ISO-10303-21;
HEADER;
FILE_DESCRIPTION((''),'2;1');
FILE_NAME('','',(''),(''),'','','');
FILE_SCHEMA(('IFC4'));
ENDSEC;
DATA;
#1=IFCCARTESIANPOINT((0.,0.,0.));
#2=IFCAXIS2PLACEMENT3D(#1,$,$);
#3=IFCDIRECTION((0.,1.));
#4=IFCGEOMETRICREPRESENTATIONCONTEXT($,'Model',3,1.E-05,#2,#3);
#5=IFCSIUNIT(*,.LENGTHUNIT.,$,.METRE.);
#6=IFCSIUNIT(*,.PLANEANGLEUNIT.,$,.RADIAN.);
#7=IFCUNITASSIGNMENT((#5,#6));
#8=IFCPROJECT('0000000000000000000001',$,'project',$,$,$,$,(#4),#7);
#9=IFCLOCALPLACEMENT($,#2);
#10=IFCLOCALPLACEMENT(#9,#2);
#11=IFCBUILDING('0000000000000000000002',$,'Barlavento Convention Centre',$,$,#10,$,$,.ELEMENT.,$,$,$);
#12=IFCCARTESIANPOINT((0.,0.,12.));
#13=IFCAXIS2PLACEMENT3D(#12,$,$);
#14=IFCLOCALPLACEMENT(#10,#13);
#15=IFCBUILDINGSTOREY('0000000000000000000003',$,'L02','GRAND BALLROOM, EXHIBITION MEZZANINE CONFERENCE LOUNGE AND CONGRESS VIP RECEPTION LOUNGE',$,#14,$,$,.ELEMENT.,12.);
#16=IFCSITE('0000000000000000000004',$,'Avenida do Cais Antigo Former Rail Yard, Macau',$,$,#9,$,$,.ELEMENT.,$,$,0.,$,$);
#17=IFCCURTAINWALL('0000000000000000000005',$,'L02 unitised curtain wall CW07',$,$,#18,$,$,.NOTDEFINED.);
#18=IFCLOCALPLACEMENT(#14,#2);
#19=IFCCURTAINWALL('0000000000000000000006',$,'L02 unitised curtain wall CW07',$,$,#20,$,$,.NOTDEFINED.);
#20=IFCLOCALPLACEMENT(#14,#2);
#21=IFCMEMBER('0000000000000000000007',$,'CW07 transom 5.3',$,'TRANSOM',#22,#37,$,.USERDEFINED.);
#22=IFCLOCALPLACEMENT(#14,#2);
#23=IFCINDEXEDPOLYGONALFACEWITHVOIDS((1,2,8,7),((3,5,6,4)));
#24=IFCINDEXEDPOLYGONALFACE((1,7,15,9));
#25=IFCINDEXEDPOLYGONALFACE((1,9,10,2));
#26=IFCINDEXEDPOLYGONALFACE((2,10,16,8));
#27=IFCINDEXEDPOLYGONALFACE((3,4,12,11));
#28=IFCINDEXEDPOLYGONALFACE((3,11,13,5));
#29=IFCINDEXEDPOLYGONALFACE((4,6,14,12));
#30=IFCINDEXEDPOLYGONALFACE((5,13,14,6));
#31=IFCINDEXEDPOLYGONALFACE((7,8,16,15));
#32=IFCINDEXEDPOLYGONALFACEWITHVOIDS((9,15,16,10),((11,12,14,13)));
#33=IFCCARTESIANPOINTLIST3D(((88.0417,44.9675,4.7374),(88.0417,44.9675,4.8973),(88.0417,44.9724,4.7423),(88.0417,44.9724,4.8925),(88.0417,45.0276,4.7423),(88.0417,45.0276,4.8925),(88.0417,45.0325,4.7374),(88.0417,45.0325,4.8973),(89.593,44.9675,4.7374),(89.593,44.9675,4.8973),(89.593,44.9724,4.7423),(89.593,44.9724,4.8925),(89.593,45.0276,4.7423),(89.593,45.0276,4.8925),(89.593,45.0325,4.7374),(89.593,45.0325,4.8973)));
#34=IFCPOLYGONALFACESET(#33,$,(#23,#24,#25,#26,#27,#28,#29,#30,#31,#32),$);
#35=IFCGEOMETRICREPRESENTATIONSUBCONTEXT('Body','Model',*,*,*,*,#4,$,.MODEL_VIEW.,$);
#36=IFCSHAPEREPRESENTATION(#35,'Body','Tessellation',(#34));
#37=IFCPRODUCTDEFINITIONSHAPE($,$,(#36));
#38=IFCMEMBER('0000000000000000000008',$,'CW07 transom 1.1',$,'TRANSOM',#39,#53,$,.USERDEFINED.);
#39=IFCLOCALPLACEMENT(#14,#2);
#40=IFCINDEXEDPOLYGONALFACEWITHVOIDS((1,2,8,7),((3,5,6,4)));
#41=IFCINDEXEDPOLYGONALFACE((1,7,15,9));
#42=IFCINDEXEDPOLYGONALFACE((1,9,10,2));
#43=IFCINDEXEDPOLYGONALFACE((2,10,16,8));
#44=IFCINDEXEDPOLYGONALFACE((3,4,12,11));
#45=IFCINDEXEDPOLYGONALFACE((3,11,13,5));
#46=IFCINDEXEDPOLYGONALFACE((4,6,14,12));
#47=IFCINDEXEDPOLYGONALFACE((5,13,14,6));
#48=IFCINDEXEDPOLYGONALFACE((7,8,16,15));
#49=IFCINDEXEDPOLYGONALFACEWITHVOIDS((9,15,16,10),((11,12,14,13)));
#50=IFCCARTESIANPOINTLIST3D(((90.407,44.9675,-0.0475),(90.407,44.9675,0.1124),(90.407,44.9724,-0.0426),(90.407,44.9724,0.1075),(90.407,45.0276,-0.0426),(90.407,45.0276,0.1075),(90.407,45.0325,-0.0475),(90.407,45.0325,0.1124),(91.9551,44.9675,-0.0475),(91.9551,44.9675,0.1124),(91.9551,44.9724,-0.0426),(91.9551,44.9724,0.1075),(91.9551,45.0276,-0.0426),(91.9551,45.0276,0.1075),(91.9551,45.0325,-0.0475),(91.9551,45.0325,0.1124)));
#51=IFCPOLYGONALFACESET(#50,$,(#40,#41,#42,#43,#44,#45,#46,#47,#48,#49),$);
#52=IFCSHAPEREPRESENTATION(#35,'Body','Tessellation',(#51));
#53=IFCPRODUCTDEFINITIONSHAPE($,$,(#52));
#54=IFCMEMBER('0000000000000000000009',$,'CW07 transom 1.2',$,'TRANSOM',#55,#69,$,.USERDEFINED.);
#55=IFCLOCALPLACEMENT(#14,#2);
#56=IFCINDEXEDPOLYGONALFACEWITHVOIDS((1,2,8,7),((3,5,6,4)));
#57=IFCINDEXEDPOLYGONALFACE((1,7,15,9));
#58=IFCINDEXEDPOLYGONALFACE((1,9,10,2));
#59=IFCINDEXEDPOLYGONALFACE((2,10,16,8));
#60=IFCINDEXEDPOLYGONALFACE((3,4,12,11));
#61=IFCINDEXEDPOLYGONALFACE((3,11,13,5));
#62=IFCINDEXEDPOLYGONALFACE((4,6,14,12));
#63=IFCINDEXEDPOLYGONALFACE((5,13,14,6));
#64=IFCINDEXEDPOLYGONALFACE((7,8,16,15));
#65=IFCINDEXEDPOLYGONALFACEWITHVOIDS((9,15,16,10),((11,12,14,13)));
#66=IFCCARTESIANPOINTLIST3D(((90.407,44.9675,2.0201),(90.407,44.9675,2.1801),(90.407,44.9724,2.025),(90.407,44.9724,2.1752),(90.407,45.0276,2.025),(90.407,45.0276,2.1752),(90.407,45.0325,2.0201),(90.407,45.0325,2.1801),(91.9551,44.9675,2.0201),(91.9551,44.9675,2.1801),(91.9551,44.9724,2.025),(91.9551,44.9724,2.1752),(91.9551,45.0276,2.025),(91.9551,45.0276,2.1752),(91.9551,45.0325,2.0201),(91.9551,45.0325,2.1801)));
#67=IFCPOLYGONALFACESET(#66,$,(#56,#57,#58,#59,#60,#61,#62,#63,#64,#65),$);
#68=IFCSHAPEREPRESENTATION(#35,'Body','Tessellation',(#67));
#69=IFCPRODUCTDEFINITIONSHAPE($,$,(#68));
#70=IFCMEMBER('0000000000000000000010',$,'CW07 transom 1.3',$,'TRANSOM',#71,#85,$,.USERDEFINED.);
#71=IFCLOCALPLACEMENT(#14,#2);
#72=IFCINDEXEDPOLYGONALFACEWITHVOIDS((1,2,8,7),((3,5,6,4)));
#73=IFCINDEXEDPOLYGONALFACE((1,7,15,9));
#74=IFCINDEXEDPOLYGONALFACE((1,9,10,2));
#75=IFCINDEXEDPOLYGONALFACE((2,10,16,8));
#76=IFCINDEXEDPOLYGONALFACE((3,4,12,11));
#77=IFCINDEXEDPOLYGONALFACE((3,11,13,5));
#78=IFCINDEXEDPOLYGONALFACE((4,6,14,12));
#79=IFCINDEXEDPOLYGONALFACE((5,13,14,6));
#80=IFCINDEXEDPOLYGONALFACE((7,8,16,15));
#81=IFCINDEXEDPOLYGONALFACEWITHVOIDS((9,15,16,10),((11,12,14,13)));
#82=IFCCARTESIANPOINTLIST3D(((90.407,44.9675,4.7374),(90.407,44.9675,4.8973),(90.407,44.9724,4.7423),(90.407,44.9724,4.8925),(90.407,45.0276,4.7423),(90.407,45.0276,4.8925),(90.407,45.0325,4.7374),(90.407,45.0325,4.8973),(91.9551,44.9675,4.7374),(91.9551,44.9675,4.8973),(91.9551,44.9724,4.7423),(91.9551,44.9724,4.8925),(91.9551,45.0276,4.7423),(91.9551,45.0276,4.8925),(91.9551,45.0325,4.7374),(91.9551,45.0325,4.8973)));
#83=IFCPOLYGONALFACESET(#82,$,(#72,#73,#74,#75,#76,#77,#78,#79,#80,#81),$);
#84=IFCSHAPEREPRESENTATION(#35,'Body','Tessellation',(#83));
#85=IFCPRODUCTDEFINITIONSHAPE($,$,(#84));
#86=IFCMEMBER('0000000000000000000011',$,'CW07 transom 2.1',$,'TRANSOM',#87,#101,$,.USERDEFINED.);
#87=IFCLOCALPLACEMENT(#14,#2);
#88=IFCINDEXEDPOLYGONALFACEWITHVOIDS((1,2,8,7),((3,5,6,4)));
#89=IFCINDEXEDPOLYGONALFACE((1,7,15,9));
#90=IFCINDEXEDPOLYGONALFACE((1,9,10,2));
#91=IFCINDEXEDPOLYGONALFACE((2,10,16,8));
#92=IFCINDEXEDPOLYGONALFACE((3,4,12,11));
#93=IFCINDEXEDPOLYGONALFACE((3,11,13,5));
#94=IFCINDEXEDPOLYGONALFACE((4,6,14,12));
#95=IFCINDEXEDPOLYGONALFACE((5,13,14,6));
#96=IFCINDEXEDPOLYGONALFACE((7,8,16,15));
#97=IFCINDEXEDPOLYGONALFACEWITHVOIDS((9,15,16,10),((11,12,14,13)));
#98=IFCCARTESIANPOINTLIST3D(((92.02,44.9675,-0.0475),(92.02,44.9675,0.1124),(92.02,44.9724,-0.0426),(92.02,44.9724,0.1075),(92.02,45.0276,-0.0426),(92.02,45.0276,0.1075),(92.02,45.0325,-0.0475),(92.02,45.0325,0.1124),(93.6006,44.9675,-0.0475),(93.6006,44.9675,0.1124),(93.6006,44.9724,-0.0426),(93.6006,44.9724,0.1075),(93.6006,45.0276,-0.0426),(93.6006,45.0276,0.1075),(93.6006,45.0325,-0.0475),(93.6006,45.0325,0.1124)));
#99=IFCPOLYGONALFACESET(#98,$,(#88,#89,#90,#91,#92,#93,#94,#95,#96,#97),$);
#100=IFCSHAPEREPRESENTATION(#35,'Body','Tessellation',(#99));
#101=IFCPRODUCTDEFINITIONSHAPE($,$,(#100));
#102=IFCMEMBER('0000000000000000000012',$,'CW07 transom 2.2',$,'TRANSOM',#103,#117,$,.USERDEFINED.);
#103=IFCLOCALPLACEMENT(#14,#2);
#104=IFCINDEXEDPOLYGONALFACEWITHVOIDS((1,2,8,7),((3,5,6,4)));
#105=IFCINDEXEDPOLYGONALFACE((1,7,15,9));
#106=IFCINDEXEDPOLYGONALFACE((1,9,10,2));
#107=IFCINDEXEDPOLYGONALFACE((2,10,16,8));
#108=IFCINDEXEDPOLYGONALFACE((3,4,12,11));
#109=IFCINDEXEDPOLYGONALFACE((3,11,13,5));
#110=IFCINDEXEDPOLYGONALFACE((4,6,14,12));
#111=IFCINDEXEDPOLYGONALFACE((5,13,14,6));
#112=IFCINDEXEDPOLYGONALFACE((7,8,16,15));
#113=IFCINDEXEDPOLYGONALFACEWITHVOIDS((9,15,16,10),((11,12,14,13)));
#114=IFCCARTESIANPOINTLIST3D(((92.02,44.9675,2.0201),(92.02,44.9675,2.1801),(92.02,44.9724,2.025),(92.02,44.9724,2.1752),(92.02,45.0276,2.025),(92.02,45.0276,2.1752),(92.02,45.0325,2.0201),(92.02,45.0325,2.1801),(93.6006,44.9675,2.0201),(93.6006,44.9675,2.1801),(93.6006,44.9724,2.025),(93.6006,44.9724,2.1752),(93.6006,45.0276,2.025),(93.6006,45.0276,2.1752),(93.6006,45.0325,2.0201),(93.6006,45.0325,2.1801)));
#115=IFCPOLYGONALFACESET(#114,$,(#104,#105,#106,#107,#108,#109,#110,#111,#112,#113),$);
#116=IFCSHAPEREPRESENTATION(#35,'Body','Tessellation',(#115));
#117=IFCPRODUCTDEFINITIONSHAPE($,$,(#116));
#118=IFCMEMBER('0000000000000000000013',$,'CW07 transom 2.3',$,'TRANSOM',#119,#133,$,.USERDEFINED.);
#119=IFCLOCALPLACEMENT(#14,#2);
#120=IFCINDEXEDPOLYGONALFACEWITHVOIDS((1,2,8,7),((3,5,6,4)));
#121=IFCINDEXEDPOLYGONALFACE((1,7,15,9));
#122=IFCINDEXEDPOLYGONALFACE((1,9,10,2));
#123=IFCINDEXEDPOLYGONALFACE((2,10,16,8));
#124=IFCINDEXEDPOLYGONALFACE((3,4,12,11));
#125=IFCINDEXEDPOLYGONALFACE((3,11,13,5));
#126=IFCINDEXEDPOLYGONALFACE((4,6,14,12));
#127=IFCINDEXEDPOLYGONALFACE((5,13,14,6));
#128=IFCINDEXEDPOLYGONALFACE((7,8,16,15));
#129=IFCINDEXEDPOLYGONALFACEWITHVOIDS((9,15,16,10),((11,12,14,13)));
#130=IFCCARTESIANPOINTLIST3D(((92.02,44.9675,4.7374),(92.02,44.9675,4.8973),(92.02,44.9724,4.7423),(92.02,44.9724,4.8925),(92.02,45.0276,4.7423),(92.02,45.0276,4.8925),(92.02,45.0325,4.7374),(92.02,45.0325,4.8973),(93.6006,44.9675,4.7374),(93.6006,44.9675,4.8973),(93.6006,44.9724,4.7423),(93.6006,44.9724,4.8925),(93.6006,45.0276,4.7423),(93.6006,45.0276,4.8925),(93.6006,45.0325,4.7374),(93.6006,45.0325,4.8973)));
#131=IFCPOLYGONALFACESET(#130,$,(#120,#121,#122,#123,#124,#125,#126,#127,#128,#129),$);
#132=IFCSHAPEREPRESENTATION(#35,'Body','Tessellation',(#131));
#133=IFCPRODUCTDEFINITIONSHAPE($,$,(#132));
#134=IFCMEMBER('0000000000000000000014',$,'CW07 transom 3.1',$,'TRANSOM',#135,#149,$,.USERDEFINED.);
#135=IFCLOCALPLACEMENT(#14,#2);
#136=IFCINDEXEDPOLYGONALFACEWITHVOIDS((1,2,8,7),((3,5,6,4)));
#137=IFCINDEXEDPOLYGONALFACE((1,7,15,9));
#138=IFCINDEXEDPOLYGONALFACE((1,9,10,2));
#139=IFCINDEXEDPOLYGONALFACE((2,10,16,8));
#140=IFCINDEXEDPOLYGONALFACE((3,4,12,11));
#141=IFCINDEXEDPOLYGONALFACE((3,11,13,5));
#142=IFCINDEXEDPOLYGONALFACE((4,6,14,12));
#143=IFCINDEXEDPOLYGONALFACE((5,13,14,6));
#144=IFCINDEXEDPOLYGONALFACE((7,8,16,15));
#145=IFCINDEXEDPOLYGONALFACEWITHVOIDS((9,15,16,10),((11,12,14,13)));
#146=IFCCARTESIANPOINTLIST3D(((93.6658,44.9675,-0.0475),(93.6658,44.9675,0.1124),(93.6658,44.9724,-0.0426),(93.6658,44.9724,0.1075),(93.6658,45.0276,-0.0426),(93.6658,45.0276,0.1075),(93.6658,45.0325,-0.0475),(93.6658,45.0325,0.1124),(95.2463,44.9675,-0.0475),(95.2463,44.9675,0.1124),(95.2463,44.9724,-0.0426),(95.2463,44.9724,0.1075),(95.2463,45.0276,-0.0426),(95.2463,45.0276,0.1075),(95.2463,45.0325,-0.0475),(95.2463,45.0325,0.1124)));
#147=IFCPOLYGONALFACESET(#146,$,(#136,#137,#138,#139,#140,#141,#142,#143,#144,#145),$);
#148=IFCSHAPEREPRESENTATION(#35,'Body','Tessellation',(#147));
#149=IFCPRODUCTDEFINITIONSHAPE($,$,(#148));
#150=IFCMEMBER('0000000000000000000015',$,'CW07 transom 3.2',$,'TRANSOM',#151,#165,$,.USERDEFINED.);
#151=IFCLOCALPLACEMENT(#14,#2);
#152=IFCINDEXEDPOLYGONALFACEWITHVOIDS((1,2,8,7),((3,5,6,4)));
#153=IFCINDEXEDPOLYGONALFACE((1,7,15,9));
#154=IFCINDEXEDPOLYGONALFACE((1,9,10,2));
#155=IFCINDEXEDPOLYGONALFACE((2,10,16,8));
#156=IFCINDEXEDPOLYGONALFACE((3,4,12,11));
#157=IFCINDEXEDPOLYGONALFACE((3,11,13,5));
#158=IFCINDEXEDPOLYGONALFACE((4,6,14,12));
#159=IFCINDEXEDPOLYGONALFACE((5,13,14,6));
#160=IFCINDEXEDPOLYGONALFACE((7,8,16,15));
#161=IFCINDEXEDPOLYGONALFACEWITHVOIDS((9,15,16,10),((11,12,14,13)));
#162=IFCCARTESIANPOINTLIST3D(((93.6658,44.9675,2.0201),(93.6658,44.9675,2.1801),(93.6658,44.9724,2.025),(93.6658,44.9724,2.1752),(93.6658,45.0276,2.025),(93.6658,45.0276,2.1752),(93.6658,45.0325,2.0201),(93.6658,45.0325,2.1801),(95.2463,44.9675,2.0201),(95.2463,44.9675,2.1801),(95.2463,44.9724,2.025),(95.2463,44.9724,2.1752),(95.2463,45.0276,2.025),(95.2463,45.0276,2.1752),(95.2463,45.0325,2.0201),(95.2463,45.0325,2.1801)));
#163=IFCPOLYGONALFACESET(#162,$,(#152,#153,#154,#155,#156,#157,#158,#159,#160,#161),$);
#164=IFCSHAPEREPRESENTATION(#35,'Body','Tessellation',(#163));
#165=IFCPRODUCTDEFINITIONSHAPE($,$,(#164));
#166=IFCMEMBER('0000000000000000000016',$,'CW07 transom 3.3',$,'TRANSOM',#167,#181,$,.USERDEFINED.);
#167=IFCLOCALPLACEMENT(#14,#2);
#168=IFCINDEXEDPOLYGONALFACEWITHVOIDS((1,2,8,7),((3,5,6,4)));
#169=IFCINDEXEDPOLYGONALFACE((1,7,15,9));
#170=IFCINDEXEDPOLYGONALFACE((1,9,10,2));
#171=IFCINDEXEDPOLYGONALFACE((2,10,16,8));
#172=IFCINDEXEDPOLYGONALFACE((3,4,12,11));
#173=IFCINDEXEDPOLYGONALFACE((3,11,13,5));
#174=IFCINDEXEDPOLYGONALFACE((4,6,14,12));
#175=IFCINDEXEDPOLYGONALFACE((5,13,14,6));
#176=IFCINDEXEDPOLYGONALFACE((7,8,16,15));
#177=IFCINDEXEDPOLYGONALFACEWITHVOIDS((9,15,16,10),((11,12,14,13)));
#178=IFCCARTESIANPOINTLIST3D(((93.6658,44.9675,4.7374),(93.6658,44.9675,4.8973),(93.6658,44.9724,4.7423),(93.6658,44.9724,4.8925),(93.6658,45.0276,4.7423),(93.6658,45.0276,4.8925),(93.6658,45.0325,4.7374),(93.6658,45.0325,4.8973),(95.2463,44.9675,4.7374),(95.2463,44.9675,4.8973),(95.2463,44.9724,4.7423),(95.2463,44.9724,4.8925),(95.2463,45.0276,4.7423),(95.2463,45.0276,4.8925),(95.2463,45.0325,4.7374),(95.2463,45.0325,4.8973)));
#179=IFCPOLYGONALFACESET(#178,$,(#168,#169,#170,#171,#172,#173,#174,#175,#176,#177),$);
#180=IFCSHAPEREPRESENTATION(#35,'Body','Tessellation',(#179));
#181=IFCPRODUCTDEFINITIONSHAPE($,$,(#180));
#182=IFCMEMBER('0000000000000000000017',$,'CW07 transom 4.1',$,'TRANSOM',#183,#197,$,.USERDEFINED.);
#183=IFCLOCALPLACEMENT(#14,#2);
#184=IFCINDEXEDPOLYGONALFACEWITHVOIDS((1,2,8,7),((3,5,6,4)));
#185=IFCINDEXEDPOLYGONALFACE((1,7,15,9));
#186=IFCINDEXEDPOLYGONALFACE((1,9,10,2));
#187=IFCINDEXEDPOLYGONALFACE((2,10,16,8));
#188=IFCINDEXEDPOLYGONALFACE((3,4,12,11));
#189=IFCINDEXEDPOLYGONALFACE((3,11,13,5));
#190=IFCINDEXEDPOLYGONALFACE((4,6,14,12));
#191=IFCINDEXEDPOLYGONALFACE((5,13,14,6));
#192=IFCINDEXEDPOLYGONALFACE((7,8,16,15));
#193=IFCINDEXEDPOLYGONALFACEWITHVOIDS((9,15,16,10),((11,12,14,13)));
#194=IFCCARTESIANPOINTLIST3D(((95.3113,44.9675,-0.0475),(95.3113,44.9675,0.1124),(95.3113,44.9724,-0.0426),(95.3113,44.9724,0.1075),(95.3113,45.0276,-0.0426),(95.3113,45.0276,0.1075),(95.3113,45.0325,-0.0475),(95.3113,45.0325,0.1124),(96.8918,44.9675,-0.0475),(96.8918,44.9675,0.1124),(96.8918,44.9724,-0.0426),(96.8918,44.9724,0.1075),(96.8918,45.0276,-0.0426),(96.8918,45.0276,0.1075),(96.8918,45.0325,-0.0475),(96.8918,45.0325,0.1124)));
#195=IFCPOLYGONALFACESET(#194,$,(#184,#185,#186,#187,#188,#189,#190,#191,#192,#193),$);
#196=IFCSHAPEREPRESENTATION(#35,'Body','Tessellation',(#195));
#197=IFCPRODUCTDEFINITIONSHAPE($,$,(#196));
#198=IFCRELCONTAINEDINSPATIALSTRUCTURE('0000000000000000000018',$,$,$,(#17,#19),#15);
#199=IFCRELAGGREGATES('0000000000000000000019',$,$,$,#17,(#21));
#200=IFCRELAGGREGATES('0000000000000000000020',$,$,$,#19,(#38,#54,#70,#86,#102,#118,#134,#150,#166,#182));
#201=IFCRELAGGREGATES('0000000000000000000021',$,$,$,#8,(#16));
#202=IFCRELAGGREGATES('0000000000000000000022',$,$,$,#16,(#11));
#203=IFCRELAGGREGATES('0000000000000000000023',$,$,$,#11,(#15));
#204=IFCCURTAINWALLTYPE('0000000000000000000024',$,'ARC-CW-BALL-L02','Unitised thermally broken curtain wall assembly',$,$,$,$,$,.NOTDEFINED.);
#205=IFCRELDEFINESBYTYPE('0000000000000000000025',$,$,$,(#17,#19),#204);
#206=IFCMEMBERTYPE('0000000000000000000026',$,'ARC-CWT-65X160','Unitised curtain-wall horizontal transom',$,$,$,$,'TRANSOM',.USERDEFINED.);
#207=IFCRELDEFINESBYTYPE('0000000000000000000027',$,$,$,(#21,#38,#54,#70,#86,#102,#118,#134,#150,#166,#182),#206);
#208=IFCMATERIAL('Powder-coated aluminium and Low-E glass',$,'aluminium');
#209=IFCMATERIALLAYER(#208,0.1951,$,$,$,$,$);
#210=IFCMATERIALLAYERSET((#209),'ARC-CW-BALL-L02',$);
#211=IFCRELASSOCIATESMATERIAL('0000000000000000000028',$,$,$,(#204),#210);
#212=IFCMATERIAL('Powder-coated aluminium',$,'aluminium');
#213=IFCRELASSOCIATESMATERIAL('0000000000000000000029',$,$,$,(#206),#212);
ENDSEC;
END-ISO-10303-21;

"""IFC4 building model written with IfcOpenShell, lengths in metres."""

from ifc_helpers import new_model, si_unit, direction, frame, origin, origin_2d, place, context, subcontext, project, spatial, hollow_rectangle, extrude, material, layer, layer_set, material_profile, profile_set, type_object, element, aggregate, save


model = new_model("IFC4")

# Units and contexts
model_context = context("Model", 3, precision=1e-05, world=origin(), true_north=direction((0.0, 1.0)))
body_context = subcontext(model_context, "Body", "Model", "MODEL_VIEW")
ifc_project = project(units=[si_unit("LENGTHUNIT", "METRE"), si_unit("PLANEANGLEUNIT", "RADIAN")], contexts=[model_context])

# Site, building, storey
site_placement = place(None, origin())
site = spatial("IfcSite", under=ifc_project, at=site_placement, Name="Avenida do Cais Antigo Former Rail Yard, Macau", CompositionType="ELEMENT", RefElevation=0.0)
building_placement = place(site_placement, origin())
building = spatial("IfcBuilding", under=site, at=building_placement, Name="Barlavento Convention Centre", CompositionType="ELEMENT")
storey_placement = place(building_placement, frame((0.0, 0.0, 12.0)))
storey = spatial("IfcBuildingStorey", under=building, at=storey_placement, Name="L02", Description="GRAND BALLROOM, EXHIBITION MEZZANINE CONFERENCE LOUNGE AND CONGRESS VIP RECEPTION LOUNGE", CompositionType="ELEMENT", Elevation=12.0)

# Curtain walls
ifc_material_1 = material(Name="Powder-coated aluminium and Low-E glass", Category="aluminium")
ifc_layer_1 = layer(ifc_material_1, 0.1951)
ifc_layer_set_1 = layer_set([ifc_layer_1], Name="ARC-CW-BALL-L02")
curtain_wall_type = type_object("IfcCurtainWallType", Name="ARC-CW-BALL-L02", Description="Unitised thermally broken curtain wall assembly", PredefinedType="NOTDEFINED", material=ifc_layer_set_1)
curtain_wall_1_placement = place(storey_placement, origin())
curtain_wall_1 = element("IfcCurtainWall", 1, at=curtain_wall_1_placement, inside=storey, type_object=curtain_wall_type, Name="L02 unitised curtain wall CW07", PredefinedType="NOTDEFINED")
ifc_material_2 = material(Name="Powder-coated aluminium", Category="aluminium")
curtain_wall_2_placement = place(storey_placement, origin())
curtain_wall_2 = element("IfcCurtainWall", 2, at=curtain_wall_2_placement, inside=storey, type_object=curtain_wall_type, Name="L02 unitised curtain wall CW07", PredefinedType="NOTDEFINED")

# Members
ifc_material_profile_1 = material_profile(ifc_material_2, hollow_rectangle(XDim=0.0649, YDim=0.1599, WallThickness=0.0049, at=origin_2d()), Name="AL-TRAN 65x160x5")
ifc_profile_set_1 = profile_set([ifc_material_profile_1], Name="Powder-coated aluminium")
member_type_1 = type_object("IfcMemberType", Name="ARC-CWT-65X160", Description="Unitised curtain-wall horizontal transom", ElementType="TRANSOM", PredefinedType="USERDEFINED", material=ifc_profile_set_1)
member_1_placement = place(storey_placement, frame((88.0417, 45.0, 4.8174), z_axis=(1.0, 0.0, 0.0), x_axis=(0.0, 1.0, 0.0)))
member_1 = element("IfcMember", 3, at=member_1_placement, type_object=member_type_1, Name="CW07 transom 5.3", ObjectType="TRANSOM", PredefinedType="USERDEFINED", context=body_context, shape_type="SweptSolid", body=[
    extrude(hollow_rectangle(XDim=0.0649, YDim=0.1599, WallThickness=0.0049, at=origin_2d()), origin(), (0.0, 0.0, 1.0), 1.5513),
])
member_2_placement = place(storey_placement, frame((90.407, 45.0, 0.0325), z_axis=(1.0, 0.0, 0.0), x_axis=(0.0, 1.0, 0.0)))
member_2 = element("IfcMember", 4, at=member_2_placement, type_object=member_type_1, Name="CW07 transom 1.1", ObjectType="TRANSOM", PredefinedType="USERDEFINED", context=body_context, shape_type="SweptSolid", body=[
    extrude(hollow_rectangle(XDim=0.0649, YDim=0.1599, WallThickness=0.0049, at=origin_2d()), origin(), (0.0, 0.0, 1.0), 1.5481),
])
member_3_placement = place(storey_placement, frame((90.407, 45.0, 2.1001), z_axis=(1.0, 0.0, 0.0), x_axis=(0.0, 1.0, 0.0)))
member_3 = element("IfcMember", 5, at=member_3_placement, type_object=member_type_1, Name="CW07 transom 1.2", ObjectType="TRANSOM", PredefinedType="USERDEFINED", context=body_context, shape_type="SweptSolid", body=[
    extrude(hollow_rectangle(XDim=0.0649, YDim=0.1599, WallThickness=0.0049, at=origin_2d()), origin(), (0.0, 0.0, 1.0), 1.5481),
])
member_4_placement = place(storey_placement, frame((90.407, 45.0, 4.8174), z_axis=(1.0, 0.0, 0.0), x_axis=(0.0, 1.0, 0.0)))
member_4 = element("IfcMember", 6, at=member_4_placement, type_object=member_type_1, Name="CW07 transom 1.3", ObjectType="TRANSOM", PredefinedType="USERDEFINED", context=body_context, shape_type="SweptSolid", body=[
    extrude(hollow_rectangle(XDim=0.0649, YDim=0.1599, WallThickness=0.0049, at=origin_2d()), origin(), (0.0, 0.0, 1.0), 1.5481),
])
member_5_placement = place(storey_placement, frame((92.02, 45.0, 0.0325), z_axis=(1.0, 0.0, 0.0), x_axis=(0.0, 1.0, 0.0)))
member_5 = element("IfcMember", 7, at=member_5_placement, type_object=member_type_1, Name="CW07 transom 2.1", ObjectType="TRANSOM", PredefinedType="USERDEFINED", context=body_context, shape_type="SweptSolid", body=[
    extrude(hollow_rectangle(XDim=0.0649, YDim=0.1599, WallThickness=0.0049, at=origin_2d()), origin(), (0.0, 0.0, 1.0), 1.5806),
])
member_6_placement = place(storey_placement, frame((92.02, 45.0, 2.1001), z_axis=(1.0, 0.0, 0.0), x_axis=(0.0, 1.0, 0.0)))
member_6 = element("IfcMember", 8, at=member_6_placement, type_object=member_type_1, Name="CW07 transom 2.2", ObjectType="TRANSOM", PredefinedType="USERDEFINED", context=body_context, shape_type="SweptSolid", body=[
    extrude(hollow_rectangle(XDim=0.0649, YDim=0.1599, WallThickness=0.0049, at=origin_2d()), origin(), (0.0, 0.0, 1.0), 1.5806),
])
member_7_placement = place(storey_placement, frame((92.02, 45.0, 4.8174), z_axis=(1.0, 0.0, 0.0), x_axis=(0.0, 1.0, 0.0)))
member_7 = element("IfcMember", 9, at=member_7_placement, type_object=member_type_1, Name="CW07 transom 2.3", ObjectType="TRANSOM", PredefinedType="USERDEFINED", context=body_context, shape_type="SweptSolid", body=[
    extrude(hollow_rectangle(XDim=0.0649, YDim=0.1599, WallThickness=0.0049, at=origin_2d()), origin(), (0.0, 0.0, 1.0), 1.5806),
])
member_8_placement = place(storey_placement, frame((93.6658, 45.0, 0.0325), z_axis=(1.0, 0.0, 0.0), x_axis=(0.0, 1.0, 0.0)))
member_8 = element("IfcMember", 10, at=member_8_placement, type_object=member_type_1, Name="CW07 transom 3.1", ObjectType="TRANSOM", PredefinedType="USERDEFINED", context=body_context, shape_type="SweptSolid", body=[
    extrude(hollow_rectangle(XDim=0.0649, YDim=0.1599, WallThickness=0.0049, at=origin_2d()), origin(), (0.0, 0.0, 1.0), 1.5806),
])
member_9_placement = place(storey_placement, frame((93.6658, 45.0, 2.1001), z_axis=(1.0, 0.0, 0.0), x_axis=(0.0, 1.0, 0.0)))
member_9 = element("IfcMember", 11, at=member_9_placement, type_object=member_type_1, Name="CW07 transom 3.2", ObjectType="TRANSOM", PredefinedType="USERDEFINED", context=body_context, shape_type="SweptSolid", body=[
    extrude(hollow_rectangle(XDim=0.0649, YDim=0.1599, WallThickness=0.0049, at=origin_2d()), origin(), (0.0, 0.0, 1.0), 1.5806),
])
member_10_placement = place(storey_placement, frame((93.6658, 45.0, 4.8174), z_axis=(1.0, 0.0, 0.0), x_axis=(0.0, 1.0, 0.0)))
member_10 = element("IfcMember", 12, at=member_10_placement, type_object=member_type_1, Name="CW07 transom 3.3", ObjectType="TRANSOM", PredefinedType="USERDEFINED", context=body_context, shape_type="SweptSolid", body=[
    extrude(hollow_rectangle(XDim=0.0649, YDim=0.1599, WallThickness=0.0049, at=origin_2d()), origin(), (0.0, 0.0, 1.0), 1.5806),
])
member_11_placement = place(storey_placement, frame((95.3113, 45.0, 0.0325), z_axis=(1.0, 0.0, 0.0), x_axis=(0.0, 1.0, 0.0)))
member_11 = element("IfcMember", 13, at=member_11_placement, type_object=member_type_1, Name="CW07 transom 4.1", ObjectType="TRANSOM", PredefinedType="USERDEFINED", context=body_context, shape_type="SweptSolid", body=[
    extrude(hollow_rectangle(XDim=0.0649, YDim=0.1599, WallThickness=0.0049, at=origin_2d()), origin(), (0.0, 0.0, 1.0), 1.5806),
])

aggregate(curtain_wall_1, [member_1])
aggregate(curtain_wall_2, [member_2, member_3, member_4, member_5, member_6, member_7, member_8, member_9, member_10, member_11])

save(model, "model.ifc")
